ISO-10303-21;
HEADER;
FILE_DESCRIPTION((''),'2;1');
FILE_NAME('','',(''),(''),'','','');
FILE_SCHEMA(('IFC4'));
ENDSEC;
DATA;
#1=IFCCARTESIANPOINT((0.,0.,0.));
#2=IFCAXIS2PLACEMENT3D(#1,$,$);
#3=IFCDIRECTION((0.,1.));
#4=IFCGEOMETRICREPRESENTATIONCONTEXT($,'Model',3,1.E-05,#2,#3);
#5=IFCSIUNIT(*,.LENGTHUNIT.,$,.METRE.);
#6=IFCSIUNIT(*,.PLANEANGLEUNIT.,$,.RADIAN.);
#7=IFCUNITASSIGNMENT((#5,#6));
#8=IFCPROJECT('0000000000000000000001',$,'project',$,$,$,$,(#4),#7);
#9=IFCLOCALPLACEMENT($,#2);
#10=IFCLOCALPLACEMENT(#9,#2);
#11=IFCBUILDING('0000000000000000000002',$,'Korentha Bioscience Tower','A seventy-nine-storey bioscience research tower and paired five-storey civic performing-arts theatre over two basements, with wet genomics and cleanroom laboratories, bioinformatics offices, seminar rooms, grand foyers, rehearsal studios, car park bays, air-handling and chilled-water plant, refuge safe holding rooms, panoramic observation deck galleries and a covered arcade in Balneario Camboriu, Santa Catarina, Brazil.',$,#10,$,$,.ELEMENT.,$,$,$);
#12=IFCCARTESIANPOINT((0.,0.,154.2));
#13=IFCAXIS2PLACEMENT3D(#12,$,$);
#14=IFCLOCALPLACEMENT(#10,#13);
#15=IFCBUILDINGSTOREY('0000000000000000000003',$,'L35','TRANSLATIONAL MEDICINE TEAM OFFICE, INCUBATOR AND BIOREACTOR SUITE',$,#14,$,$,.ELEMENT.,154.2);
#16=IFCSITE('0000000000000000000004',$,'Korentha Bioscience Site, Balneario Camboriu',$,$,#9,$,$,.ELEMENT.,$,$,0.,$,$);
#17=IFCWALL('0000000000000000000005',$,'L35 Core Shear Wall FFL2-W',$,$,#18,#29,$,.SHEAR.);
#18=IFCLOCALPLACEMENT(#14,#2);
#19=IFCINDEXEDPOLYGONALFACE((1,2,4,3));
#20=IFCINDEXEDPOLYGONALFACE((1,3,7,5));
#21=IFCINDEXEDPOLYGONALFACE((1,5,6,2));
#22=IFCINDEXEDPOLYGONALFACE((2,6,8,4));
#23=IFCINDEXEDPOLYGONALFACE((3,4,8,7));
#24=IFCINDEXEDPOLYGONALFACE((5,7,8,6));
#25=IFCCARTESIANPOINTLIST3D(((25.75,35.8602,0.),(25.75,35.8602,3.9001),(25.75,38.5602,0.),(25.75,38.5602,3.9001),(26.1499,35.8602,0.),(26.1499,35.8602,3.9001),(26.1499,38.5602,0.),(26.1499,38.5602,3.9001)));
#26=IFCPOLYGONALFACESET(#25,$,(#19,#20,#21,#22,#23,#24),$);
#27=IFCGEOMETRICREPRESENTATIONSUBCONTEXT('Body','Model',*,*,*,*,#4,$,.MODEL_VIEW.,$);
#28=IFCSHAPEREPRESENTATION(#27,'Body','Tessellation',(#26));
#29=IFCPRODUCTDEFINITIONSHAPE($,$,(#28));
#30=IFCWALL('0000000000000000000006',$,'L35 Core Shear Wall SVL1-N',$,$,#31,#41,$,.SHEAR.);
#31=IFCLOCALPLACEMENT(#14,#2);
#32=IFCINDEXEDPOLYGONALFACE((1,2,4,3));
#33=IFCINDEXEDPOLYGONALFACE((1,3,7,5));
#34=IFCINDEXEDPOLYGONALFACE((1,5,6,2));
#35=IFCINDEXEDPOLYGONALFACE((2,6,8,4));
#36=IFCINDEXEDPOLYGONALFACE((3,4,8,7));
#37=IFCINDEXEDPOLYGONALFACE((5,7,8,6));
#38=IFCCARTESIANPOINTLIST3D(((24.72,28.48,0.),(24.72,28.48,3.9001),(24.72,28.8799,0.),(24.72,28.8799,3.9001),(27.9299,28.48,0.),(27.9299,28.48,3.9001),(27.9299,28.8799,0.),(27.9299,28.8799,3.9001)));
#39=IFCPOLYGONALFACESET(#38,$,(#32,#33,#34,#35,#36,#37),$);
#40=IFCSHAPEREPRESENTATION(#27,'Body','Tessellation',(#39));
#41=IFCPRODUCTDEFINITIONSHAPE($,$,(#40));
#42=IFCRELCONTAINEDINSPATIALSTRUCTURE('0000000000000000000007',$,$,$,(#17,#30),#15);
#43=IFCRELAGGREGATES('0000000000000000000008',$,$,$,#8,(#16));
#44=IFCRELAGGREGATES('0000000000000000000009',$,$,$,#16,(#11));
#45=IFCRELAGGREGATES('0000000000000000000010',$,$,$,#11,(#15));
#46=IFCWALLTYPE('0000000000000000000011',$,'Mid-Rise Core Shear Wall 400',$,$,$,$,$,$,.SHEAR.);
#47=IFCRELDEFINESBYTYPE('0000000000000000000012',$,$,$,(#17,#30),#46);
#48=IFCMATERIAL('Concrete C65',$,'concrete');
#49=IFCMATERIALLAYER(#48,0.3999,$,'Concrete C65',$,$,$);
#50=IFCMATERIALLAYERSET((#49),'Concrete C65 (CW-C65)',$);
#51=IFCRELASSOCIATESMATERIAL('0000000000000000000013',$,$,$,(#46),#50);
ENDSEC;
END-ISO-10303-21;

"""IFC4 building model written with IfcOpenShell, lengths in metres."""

from ifc_helpers import new_model, si_unit, direction, frame, frame_2d, origin, place, context, subcontext, project, spatial, rectangle, extrude, material, layer, layer_set, type_object, element, save


model = new_model("IFC4")

# Units and contexts
model_context = context("Model", 3, precision=1e-05, world=origin(), true_north=direction((0.0, 1.0)))
body_context = subcontext(model_context, "Body", "Model", "MODEL_VIEW")
ifc_project = project(units=[si_unit("LENGTHUNIT", "METRE"), si_unit("PLANEANGLEUNIT", "RADIAN")], contexts=[model_context])

# Site, building, storey
site_placement = place(None, origin())
site = spatial("IfcSite", under=ifc_project, at=site_placement, Name="Korentha Bioscience Site, Balneario Camboriu", CompositionType="ELEMENT", RefElevation=0.0)
building_placement = place(site_placement, origin())
building = spatial("IfcBuilding", under=site, at=building_placement, Name="Korentha Bioscience Tower", Description="A seventy-nine-storey bioscience research tower and paired five-storey civic performing-arts theatre over two basements, with wet genomics and cleanroom laboratories, bioinformatics offices, seminar rooms, grand foyers, rehearsal studios, car park bays, air-handling and chilled-water plant, refuge safe holding rooms, panoramic observation deck galleries and a covered arcade in Balneario Camboriu, Santa Catarina, Brazil.", CompositionType="ELEMENT")
storey_placement = place(building_placement, frame((0.0, 0.0, 154.2)))
storey = spatial("IfcBuildingStorey", under=building, at=storey_placement, Name="L35", Description="TRANSLATIONAL MEDICINE TEAM OFFICE, INCUBATOR AND BIOREACTOR SUITE", CompositionType="ELEMENT", Elevation=154.2)

# Shared definitions
ifc_material_1 = material(Name="Concrete C65", Category="concrete")

# Shared definitions
ifc_layer_1 = layer(ifc_material_1, 0.3999, Name="Concrete C65")
ifc_layer_set_1 = layer_set([ifc_layer_1], Name="Concrete C65 (CW-C65)")
wall_type_1 = type_object("IfcWallType", Name="Mid-Rise Core Shear Wall 400", PredefinedType="SHEAR", material=ifc_layer_set_1)

# Walls
wall_1_placement = place(storey_placement, frame((25.95, 35.8601, 0.0), z_axis=(0.0, 0.0, 1.0), x_axis=(0.0, 1.0, 0.0)))
element("IfcWall", 1, at=wall_1_placement, inside=storey, type_object=wall_type_1, Name="L35 Core Shear Wall FFL2-W", PredefinedType="SHEAR", context=body_context, shape_type="SweptSolid", body=[
    extrude(rectangle(XDim=2.7, YDim=0.3999, at=frame_2d((1.3501, 0.0))), origin(), (0.0, 0.0, 1.0), 3.9001),
])
wall_2_placement = place(storey_placement, frame((24.72, 28.6799, 0.0), z_axis=(0.0, 0.0, 1.0), x_axis=(1.0, 0.0, 0.0)))
element("IfcWall", 2, at=wall_2_placement, inside=storey, type_object=wall_type_1, Name="L35 Core Shear Wall SVL1-N", PredefinedType="SHEAR", context=body_context, shape_type="SweptSolid", body=[
    extrude(rectangle(XDim=3.21, YDim=0.3999, at=frame_2d((1.605, 0.0))), origin(), (0.0, 0.0, 1.0), 3.9001),
])

save(model, "model.ifc")
